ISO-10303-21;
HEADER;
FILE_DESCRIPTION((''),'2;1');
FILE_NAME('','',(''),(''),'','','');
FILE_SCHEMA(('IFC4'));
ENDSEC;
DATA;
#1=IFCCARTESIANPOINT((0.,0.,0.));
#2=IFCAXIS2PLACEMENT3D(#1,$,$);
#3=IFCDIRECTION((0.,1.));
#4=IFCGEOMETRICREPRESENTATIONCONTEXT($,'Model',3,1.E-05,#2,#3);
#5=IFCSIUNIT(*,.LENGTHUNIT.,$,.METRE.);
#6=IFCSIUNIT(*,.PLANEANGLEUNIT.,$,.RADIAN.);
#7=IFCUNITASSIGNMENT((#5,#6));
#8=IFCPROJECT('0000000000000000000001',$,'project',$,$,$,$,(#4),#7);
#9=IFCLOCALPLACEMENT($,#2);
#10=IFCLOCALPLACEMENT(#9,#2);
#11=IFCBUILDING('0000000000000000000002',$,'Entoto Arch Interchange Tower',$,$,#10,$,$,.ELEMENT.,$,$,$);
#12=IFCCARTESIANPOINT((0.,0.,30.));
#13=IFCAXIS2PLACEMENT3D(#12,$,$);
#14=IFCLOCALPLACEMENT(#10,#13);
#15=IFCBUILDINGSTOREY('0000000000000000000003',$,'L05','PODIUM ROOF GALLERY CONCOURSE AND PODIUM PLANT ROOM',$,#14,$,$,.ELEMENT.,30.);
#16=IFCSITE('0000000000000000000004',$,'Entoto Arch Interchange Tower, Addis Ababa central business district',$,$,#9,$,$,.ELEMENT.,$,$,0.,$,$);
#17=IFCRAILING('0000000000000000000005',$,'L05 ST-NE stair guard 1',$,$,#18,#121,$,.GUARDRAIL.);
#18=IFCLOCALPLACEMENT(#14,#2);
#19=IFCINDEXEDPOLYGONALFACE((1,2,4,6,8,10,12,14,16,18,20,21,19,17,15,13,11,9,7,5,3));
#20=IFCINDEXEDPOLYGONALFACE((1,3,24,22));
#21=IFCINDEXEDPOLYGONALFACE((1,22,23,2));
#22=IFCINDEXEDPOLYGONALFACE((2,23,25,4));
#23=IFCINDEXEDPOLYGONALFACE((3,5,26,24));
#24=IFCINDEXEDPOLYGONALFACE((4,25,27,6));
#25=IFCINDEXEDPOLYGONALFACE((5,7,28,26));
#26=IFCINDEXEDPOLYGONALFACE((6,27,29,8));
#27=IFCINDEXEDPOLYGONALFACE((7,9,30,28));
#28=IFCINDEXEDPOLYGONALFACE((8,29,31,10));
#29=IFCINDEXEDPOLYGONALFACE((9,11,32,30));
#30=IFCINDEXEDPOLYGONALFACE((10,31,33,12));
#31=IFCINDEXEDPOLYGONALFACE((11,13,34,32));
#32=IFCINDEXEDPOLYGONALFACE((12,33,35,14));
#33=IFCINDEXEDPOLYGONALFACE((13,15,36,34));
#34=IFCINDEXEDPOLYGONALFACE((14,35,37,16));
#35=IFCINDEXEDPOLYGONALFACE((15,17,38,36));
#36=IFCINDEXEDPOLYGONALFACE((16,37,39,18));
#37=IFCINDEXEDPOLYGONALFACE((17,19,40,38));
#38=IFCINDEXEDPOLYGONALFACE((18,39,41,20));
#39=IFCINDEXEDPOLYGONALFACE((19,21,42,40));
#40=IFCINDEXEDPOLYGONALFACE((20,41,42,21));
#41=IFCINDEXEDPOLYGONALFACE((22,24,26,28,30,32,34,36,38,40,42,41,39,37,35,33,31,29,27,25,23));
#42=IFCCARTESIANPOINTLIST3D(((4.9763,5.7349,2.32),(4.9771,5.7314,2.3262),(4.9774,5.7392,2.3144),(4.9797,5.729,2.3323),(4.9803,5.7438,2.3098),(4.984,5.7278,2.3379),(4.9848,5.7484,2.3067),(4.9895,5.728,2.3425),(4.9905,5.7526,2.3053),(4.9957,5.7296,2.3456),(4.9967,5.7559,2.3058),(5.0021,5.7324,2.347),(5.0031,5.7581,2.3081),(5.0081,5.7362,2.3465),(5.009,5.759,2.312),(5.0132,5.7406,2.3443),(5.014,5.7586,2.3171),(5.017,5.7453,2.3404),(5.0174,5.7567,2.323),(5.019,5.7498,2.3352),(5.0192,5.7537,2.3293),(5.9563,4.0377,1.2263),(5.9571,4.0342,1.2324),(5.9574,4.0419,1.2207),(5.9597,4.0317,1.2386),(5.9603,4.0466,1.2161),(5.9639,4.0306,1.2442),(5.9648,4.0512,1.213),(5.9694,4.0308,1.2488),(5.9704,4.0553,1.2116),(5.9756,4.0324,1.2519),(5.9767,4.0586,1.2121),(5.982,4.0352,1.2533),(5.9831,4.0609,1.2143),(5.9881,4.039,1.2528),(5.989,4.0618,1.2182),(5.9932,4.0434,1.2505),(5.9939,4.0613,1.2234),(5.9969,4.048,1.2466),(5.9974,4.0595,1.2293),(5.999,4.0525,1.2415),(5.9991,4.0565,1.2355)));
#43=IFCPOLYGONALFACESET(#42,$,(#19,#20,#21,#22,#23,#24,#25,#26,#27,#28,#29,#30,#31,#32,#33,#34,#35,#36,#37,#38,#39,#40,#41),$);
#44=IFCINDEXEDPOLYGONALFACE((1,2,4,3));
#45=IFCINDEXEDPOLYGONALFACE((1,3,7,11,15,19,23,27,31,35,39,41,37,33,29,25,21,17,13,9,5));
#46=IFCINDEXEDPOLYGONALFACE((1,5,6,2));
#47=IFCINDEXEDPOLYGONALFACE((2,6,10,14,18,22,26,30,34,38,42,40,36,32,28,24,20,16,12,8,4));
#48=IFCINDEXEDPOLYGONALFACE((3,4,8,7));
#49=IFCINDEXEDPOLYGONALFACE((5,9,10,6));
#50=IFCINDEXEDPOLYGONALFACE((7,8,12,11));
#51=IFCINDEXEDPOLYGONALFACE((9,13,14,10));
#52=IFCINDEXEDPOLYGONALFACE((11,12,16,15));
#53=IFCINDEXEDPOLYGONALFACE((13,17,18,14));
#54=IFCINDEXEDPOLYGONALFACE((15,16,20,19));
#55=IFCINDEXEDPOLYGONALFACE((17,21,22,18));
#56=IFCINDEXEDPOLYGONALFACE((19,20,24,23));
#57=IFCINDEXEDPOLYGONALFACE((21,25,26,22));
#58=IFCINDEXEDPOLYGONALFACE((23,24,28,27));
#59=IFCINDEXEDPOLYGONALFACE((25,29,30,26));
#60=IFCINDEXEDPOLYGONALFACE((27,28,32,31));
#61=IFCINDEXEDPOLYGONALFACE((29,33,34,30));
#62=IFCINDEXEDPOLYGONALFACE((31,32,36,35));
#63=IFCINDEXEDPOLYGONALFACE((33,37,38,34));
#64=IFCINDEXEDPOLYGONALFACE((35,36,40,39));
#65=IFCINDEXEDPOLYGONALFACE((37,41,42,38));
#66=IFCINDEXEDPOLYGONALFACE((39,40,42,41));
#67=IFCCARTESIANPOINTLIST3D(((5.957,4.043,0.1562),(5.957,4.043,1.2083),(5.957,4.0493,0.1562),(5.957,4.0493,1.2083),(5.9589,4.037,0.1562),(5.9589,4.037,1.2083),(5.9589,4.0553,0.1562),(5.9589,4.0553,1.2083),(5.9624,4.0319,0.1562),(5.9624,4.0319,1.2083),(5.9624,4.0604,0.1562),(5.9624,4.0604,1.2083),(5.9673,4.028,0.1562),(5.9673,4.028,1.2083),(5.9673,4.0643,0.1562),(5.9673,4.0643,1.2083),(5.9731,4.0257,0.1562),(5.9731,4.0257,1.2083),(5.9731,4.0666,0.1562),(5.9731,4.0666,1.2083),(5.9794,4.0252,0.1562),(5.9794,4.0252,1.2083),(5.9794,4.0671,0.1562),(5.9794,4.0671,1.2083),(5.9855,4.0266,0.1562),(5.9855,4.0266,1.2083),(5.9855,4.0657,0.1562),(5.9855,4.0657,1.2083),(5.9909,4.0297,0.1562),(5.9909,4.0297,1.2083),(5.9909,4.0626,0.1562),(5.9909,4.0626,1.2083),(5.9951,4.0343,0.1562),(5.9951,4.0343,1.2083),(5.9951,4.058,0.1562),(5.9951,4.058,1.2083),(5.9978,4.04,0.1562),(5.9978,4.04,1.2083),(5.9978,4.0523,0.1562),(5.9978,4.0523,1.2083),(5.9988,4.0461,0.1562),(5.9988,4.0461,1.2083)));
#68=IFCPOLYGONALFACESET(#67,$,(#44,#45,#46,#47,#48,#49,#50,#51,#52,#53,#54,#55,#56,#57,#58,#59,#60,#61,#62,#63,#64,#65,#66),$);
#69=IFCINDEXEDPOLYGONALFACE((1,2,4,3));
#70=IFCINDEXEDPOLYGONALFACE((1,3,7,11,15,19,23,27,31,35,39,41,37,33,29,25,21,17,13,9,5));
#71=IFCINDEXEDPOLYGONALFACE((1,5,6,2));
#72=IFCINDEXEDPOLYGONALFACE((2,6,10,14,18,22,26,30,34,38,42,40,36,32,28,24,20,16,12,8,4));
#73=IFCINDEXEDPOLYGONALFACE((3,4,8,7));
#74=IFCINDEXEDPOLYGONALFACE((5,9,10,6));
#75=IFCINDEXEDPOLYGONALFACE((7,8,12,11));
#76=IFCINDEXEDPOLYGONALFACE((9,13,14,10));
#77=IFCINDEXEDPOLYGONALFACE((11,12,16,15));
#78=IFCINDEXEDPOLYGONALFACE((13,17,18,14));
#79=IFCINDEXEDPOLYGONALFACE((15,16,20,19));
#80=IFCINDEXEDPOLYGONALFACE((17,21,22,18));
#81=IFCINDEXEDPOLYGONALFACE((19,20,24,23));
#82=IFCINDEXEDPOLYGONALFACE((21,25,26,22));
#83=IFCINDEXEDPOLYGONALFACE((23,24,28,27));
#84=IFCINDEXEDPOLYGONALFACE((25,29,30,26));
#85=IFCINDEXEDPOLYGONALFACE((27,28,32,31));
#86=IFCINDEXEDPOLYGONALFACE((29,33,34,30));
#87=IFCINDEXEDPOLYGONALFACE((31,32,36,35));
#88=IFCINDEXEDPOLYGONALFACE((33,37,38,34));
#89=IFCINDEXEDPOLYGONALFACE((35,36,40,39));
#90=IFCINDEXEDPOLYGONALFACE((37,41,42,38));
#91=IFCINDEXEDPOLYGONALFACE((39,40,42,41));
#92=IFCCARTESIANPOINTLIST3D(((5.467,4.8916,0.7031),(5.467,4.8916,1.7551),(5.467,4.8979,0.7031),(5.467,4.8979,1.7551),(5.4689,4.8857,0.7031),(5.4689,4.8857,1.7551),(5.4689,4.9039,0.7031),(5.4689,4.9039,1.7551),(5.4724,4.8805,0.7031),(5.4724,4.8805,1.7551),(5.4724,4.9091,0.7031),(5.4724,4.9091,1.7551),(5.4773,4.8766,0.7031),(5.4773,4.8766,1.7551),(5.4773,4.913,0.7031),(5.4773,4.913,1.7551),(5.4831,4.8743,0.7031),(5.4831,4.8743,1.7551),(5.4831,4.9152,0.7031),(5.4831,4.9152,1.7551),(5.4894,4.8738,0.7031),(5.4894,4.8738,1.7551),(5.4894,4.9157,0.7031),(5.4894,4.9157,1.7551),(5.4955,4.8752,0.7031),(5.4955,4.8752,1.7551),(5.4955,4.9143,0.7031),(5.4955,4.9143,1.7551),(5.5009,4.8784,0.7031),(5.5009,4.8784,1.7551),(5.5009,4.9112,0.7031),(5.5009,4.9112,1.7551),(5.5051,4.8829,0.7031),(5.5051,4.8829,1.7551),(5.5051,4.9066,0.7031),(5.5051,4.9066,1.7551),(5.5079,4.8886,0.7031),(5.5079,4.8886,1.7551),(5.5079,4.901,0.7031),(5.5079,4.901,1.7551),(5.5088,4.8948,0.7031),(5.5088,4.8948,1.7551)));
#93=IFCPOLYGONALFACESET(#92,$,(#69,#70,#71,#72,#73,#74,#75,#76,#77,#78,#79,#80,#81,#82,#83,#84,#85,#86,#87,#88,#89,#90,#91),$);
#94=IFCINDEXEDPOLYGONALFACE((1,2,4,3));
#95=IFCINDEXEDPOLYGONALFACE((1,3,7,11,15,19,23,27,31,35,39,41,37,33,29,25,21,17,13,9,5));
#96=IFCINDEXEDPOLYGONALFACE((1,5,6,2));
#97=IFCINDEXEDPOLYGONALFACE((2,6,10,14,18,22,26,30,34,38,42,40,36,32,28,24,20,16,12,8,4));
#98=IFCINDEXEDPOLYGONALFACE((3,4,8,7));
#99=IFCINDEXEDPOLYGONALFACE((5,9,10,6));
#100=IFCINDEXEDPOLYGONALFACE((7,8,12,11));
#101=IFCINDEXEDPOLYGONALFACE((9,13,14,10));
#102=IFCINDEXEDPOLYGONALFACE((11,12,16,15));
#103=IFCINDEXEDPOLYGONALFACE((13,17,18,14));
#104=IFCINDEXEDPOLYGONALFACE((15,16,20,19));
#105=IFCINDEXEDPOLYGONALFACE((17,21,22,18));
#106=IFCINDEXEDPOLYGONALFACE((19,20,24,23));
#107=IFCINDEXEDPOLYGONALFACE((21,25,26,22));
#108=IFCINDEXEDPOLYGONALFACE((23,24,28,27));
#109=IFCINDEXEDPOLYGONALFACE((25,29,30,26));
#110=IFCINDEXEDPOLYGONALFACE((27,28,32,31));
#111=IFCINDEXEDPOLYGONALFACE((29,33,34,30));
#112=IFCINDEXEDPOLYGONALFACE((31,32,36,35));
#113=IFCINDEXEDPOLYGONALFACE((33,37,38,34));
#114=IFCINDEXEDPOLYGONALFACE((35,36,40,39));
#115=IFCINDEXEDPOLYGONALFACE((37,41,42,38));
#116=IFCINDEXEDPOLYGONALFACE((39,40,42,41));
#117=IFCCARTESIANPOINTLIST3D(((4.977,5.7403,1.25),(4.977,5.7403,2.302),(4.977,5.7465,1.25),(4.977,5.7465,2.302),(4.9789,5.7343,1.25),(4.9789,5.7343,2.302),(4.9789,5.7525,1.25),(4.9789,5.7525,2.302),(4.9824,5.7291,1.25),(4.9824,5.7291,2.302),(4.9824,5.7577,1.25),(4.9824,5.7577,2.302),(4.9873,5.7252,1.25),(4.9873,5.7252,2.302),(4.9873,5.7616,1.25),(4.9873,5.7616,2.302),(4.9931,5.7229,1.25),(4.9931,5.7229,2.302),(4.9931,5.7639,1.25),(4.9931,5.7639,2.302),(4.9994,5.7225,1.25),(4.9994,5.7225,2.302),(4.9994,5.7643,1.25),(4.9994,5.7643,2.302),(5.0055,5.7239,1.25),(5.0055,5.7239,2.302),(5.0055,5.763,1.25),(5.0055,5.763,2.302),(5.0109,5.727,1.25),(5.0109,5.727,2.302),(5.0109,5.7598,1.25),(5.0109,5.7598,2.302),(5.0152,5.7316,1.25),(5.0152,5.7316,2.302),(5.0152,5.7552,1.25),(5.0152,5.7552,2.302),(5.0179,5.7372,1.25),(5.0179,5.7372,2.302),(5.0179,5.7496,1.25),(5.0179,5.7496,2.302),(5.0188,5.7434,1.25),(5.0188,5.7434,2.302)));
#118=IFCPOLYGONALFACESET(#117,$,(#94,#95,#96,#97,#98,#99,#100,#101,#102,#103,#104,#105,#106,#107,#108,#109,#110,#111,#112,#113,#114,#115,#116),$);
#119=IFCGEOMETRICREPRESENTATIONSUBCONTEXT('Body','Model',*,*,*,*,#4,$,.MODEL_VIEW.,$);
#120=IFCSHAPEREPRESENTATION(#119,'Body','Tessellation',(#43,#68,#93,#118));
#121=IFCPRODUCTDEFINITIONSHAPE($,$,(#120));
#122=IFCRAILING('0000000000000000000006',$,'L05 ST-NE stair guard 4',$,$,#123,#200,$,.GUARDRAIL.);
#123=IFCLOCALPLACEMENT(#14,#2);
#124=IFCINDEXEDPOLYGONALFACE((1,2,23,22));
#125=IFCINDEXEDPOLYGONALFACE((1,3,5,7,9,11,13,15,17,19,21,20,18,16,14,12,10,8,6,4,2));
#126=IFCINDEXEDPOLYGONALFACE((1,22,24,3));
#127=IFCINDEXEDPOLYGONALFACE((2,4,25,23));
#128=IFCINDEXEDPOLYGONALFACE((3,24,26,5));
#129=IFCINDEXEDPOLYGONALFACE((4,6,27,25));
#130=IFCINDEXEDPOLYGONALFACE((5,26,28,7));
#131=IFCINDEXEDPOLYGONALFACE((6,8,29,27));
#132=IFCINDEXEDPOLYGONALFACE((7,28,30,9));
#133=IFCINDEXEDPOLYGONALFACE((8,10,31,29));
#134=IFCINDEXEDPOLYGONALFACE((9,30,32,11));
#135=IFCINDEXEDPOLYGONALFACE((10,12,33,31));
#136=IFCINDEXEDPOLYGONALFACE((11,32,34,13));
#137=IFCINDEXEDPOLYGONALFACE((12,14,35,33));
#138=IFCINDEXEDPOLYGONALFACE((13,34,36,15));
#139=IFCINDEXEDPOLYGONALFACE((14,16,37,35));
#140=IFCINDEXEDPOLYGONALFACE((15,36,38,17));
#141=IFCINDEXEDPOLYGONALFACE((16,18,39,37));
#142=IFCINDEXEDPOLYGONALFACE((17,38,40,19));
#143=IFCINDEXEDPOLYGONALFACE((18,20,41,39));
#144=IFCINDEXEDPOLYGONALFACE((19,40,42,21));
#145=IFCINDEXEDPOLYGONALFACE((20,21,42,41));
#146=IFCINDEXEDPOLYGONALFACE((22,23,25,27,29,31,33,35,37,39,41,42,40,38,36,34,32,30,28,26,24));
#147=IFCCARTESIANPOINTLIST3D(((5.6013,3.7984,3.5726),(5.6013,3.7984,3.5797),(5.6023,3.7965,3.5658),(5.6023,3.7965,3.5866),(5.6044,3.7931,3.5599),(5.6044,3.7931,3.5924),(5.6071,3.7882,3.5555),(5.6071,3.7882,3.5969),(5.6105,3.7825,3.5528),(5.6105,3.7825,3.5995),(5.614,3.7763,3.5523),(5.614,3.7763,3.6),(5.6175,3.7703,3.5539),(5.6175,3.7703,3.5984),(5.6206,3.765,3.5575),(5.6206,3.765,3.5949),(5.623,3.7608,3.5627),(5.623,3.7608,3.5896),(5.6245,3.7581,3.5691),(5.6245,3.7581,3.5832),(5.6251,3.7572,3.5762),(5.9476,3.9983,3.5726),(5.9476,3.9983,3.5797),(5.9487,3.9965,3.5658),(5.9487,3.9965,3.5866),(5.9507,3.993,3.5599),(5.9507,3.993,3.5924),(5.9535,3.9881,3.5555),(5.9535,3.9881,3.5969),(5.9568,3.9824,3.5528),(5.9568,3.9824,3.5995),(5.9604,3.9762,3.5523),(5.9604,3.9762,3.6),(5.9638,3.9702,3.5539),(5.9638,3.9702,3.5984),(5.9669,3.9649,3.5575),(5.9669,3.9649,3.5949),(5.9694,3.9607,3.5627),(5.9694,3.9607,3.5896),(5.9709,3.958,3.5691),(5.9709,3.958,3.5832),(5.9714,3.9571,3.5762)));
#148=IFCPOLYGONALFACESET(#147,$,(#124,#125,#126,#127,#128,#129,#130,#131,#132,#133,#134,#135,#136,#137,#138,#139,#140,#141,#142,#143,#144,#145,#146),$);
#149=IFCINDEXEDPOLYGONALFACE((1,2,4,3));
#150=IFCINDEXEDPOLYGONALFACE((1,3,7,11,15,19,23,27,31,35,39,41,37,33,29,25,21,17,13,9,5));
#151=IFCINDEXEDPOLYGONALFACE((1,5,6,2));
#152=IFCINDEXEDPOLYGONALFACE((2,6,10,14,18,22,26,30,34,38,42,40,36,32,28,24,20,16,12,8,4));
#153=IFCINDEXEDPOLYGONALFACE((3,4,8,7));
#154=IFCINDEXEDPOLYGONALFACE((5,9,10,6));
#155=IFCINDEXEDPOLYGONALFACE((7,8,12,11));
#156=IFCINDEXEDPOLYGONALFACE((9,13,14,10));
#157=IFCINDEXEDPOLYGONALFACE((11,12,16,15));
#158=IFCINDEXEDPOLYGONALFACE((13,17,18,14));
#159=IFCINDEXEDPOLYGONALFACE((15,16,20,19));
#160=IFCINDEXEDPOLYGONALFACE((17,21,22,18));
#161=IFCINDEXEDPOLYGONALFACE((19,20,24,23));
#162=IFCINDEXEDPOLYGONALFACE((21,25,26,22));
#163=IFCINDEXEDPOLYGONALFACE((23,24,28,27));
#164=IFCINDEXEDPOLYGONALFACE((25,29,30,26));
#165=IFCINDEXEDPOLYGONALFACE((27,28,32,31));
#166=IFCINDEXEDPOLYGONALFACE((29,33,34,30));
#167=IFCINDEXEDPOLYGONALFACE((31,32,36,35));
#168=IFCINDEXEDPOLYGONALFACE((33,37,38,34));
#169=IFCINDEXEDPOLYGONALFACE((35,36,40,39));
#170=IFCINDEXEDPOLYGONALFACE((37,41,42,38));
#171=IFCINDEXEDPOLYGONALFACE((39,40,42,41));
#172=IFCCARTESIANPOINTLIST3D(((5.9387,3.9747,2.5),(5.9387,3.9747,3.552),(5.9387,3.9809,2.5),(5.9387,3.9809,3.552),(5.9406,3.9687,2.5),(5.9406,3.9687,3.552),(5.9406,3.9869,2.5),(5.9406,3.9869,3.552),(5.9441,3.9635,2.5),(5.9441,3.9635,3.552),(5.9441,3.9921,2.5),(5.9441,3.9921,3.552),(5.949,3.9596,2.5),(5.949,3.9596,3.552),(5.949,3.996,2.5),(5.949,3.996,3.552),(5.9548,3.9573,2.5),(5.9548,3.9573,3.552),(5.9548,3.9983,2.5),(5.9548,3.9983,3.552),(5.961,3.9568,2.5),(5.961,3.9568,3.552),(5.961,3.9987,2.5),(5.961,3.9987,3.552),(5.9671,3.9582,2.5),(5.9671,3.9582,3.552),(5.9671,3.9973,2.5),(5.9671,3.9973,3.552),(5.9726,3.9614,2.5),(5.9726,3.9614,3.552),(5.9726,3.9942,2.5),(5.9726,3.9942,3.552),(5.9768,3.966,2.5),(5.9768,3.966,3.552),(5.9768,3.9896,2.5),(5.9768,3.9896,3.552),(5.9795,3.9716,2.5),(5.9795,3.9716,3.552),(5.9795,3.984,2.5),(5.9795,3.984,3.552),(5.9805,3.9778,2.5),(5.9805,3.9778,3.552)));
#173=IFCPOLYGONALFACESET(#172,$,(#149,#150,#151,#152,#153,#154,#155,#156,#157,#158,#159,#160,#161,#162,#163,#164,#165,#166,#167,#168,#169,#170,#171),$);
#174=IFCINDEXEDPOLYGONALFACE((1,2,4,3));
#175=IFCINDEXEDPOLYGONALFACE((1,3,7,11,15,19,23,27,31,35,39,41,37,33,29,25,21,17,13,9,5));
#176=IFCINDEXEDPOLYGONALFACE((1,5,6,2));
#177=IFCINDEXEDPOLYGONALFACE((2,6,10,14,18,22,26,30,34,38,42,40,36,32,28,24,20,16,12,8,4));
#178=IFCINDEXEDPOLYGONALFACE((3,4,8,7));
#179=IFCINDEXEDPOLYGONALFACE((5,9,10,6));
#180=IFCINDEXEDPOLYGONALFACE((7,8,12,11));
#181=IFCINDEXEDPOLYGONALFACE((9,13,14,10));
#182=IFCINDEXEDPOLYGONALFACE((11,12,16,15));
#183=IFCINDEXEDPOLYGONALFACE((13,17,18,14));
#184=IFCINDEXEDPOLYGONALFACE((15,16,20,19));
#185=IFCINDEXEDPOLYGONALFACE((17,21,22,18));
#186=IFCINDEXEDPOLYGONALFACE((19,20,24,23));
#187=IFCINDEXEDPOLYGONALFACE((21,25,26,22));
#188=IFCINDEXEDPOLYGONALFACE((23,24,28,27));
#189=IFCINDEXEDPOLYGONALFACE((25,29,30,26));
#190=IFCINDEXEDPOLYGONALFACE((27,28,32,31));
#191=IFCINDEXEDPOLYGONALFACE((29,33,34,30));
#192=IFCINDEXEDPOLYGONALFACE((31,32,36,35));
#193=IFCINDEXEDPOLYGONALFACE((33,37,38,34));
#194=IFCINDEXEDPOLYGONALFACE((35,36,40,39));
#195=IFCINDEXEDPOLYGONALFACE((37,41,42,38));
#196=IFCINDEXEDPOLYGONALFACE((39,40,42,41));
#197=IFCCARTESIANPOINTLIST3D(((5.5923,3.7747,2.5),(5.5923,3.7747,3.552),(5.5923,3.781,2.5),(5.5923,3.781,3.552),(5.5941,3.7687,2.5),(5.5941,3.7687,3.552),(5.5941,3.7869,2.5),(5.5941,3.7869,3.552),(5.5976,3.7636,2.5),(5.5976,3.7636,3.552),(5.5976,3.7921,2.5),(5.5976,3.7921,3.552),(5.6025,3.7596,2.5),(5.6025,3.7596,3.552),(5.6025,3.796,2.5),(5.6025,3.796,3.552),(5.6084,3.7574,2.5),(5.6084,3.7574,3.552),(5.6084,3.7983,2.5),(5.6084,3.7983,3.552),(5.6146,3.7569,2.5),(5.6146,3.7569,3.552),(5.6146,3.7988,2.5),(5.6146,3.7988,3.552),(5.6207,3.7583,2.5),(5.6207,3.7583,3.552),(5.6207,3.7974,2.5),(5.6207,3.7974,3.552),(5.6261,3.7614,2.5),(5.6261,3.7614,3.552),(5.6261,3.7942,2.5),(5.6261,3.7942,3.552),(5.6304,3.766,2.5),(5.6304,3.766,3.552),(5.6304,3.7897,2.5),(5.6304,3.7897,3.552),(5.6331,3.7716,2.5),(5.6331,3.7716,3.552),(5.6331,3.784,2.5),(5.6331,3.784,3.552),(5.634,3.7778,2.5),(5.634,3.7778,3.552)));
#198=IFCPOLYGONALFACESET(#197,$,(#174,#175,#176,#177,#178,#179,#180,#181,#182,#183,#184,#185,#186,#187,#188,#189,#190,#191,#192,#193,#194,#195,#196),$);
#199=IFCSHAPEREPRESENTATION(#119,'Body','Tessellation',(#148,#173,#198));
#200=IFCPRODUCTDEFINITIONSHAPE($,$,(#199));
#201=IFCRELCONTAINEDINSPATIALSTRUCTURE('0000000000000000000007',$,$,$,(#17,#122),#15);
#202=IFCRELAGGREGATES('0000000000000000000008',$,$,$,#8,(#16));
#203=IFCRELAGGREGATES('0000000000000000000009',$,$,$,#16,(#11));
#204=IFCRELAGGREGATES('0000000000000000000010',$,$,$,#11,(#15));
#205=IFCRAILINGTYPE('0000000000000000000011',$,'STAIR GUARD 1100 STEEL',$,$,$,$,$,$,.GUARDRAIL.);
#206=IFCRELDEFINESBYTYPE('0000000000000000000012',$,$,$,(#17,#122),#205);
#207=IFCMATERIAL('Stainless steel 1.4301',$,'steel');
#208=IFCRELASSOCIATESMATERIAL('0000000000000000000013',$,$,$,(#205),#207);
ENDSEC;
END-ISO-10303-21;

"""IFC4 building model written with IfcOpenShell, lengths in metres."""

from ifc_helpers import new_model, si_unit, direction, frame, origin, origin_2d, place, context, subcontext, project, spatial, circle, extrude, material, type_object, element, save


model = new_model("IFC4")

# Units and contexts
model_context = context("Model", 3, precision=1e-05, world=origin(), true_north=direction((0.0, 1.0)))
body_context = subcontext(model_context, "Body", "Model", "MODEL_VIEW")
ifc_project = project(units=[si_unit("LENGTHUNIT", "METRE"), si_unit("PLANEANGLEUNIT", "RADIAN")], contexts=[model_context])

# Site, building, storey
site_placement = place(None, origin())
site = spatial("IfcSite", under=ifc_project, at=site_placement, Name="Entoto Arch Interchange Tower, Addis Ababa central business district", CompositionType="ELEMENT", RefElevation=0.0)
building_placement = place(site_placement, origin())
building = spatial("IfcBuilding", under=site, at=building_placement, Name="Entoto Arch Interchange Tower", CompositionType="ELEMENT")
storey_placement = place(building_placement, frame((0.0, 0.0, 30.0)))
storey = spatial("IfcBuildingStorey", under=building, at=storey_placement, Name="L05", Description="PODIUM ROOF GALLERY CONCOURSE AND PODIUM PLANT ROOM", CompositionType="ELEMENT", Elevation=30.0)

# Railings
ifc_material_1 = material(Name="Stainless steel 1.4301", Category="steel")
railing_type_1 = type_object("IfcRailingType", Name="STAIR GUARD 1100 STEEL", PredefinedType="GUARDRAIL", material=ifc_material_1)
railing_1_placement = place(storey_placement, frame((5.9778, 4.0461, 0.1562)))
element("IfcRailing", 1, at=railing_1_placement, inside=storey, type_object=railing_type_1, Name="L05 ST-NE stair guard 1", PredefinedType="GUARDRAIL", context=body_context, shape_type="SweptSolid", body=[
    extrude(circle(Radius=0.0239, at=origin_2d()), frame((0.0, 0.0, 1.0762), z_axis=(-0.436632, 0.75622, 0.487323), x_axis=(-0.866011, -0.500024, 0.0)), (0.0, 0.0, 1.0), 2.2444),
    extrude(circle(Radius=0.021, at=origin_2d()), origin(), (0.0, 0.0, 1.0), 1.052),
    extrude(circle(Radius=0.021, at=origin_2d()), frame((-0.49, 0.8486, 0.5469)), (0.0, 0.0, 1.0), 1.052),
    extrude(circle(Radius=0.021, at=origin_2d()), frame((-0.98, 1.6973, 1.0938)), (0.0, 0.0, 1.0), 1.052),
])
railing_2_placement = place(storey_placement, frame((5.9595, 3.9778, 2.5)))
element("IfcRailing", 2, at=railing_2_placement, inside=storey, type_object=railing_type_1, Name="L05 ST-NE stair guard 4", PredefinedType="GUARDRAIL", context=body_context, shape_type="SweptSolid", body=[
    extrude(circle(Radius=0.0239, at=origin_2d()), frame((0.0, 0.0, 1.0762), z_axis=(-0.866094, -0.499881, 0.0), x_axis=(0.499881, -0.866094, 0.0)), (0.0, 0.0, 1.0), 0.3999),
    extrude(circle(Radius=0.021, at=origin_2d()), origin(), (0.0, 0.0, 1.0), 1.052),
    extrude(circle(Radius=0.021, at=origin_2d()), frame((-0.3464, -0.2, 0.0)), (0.0, 0.0, 1.0), 1.052),
])

save(model, "model.ifc")
